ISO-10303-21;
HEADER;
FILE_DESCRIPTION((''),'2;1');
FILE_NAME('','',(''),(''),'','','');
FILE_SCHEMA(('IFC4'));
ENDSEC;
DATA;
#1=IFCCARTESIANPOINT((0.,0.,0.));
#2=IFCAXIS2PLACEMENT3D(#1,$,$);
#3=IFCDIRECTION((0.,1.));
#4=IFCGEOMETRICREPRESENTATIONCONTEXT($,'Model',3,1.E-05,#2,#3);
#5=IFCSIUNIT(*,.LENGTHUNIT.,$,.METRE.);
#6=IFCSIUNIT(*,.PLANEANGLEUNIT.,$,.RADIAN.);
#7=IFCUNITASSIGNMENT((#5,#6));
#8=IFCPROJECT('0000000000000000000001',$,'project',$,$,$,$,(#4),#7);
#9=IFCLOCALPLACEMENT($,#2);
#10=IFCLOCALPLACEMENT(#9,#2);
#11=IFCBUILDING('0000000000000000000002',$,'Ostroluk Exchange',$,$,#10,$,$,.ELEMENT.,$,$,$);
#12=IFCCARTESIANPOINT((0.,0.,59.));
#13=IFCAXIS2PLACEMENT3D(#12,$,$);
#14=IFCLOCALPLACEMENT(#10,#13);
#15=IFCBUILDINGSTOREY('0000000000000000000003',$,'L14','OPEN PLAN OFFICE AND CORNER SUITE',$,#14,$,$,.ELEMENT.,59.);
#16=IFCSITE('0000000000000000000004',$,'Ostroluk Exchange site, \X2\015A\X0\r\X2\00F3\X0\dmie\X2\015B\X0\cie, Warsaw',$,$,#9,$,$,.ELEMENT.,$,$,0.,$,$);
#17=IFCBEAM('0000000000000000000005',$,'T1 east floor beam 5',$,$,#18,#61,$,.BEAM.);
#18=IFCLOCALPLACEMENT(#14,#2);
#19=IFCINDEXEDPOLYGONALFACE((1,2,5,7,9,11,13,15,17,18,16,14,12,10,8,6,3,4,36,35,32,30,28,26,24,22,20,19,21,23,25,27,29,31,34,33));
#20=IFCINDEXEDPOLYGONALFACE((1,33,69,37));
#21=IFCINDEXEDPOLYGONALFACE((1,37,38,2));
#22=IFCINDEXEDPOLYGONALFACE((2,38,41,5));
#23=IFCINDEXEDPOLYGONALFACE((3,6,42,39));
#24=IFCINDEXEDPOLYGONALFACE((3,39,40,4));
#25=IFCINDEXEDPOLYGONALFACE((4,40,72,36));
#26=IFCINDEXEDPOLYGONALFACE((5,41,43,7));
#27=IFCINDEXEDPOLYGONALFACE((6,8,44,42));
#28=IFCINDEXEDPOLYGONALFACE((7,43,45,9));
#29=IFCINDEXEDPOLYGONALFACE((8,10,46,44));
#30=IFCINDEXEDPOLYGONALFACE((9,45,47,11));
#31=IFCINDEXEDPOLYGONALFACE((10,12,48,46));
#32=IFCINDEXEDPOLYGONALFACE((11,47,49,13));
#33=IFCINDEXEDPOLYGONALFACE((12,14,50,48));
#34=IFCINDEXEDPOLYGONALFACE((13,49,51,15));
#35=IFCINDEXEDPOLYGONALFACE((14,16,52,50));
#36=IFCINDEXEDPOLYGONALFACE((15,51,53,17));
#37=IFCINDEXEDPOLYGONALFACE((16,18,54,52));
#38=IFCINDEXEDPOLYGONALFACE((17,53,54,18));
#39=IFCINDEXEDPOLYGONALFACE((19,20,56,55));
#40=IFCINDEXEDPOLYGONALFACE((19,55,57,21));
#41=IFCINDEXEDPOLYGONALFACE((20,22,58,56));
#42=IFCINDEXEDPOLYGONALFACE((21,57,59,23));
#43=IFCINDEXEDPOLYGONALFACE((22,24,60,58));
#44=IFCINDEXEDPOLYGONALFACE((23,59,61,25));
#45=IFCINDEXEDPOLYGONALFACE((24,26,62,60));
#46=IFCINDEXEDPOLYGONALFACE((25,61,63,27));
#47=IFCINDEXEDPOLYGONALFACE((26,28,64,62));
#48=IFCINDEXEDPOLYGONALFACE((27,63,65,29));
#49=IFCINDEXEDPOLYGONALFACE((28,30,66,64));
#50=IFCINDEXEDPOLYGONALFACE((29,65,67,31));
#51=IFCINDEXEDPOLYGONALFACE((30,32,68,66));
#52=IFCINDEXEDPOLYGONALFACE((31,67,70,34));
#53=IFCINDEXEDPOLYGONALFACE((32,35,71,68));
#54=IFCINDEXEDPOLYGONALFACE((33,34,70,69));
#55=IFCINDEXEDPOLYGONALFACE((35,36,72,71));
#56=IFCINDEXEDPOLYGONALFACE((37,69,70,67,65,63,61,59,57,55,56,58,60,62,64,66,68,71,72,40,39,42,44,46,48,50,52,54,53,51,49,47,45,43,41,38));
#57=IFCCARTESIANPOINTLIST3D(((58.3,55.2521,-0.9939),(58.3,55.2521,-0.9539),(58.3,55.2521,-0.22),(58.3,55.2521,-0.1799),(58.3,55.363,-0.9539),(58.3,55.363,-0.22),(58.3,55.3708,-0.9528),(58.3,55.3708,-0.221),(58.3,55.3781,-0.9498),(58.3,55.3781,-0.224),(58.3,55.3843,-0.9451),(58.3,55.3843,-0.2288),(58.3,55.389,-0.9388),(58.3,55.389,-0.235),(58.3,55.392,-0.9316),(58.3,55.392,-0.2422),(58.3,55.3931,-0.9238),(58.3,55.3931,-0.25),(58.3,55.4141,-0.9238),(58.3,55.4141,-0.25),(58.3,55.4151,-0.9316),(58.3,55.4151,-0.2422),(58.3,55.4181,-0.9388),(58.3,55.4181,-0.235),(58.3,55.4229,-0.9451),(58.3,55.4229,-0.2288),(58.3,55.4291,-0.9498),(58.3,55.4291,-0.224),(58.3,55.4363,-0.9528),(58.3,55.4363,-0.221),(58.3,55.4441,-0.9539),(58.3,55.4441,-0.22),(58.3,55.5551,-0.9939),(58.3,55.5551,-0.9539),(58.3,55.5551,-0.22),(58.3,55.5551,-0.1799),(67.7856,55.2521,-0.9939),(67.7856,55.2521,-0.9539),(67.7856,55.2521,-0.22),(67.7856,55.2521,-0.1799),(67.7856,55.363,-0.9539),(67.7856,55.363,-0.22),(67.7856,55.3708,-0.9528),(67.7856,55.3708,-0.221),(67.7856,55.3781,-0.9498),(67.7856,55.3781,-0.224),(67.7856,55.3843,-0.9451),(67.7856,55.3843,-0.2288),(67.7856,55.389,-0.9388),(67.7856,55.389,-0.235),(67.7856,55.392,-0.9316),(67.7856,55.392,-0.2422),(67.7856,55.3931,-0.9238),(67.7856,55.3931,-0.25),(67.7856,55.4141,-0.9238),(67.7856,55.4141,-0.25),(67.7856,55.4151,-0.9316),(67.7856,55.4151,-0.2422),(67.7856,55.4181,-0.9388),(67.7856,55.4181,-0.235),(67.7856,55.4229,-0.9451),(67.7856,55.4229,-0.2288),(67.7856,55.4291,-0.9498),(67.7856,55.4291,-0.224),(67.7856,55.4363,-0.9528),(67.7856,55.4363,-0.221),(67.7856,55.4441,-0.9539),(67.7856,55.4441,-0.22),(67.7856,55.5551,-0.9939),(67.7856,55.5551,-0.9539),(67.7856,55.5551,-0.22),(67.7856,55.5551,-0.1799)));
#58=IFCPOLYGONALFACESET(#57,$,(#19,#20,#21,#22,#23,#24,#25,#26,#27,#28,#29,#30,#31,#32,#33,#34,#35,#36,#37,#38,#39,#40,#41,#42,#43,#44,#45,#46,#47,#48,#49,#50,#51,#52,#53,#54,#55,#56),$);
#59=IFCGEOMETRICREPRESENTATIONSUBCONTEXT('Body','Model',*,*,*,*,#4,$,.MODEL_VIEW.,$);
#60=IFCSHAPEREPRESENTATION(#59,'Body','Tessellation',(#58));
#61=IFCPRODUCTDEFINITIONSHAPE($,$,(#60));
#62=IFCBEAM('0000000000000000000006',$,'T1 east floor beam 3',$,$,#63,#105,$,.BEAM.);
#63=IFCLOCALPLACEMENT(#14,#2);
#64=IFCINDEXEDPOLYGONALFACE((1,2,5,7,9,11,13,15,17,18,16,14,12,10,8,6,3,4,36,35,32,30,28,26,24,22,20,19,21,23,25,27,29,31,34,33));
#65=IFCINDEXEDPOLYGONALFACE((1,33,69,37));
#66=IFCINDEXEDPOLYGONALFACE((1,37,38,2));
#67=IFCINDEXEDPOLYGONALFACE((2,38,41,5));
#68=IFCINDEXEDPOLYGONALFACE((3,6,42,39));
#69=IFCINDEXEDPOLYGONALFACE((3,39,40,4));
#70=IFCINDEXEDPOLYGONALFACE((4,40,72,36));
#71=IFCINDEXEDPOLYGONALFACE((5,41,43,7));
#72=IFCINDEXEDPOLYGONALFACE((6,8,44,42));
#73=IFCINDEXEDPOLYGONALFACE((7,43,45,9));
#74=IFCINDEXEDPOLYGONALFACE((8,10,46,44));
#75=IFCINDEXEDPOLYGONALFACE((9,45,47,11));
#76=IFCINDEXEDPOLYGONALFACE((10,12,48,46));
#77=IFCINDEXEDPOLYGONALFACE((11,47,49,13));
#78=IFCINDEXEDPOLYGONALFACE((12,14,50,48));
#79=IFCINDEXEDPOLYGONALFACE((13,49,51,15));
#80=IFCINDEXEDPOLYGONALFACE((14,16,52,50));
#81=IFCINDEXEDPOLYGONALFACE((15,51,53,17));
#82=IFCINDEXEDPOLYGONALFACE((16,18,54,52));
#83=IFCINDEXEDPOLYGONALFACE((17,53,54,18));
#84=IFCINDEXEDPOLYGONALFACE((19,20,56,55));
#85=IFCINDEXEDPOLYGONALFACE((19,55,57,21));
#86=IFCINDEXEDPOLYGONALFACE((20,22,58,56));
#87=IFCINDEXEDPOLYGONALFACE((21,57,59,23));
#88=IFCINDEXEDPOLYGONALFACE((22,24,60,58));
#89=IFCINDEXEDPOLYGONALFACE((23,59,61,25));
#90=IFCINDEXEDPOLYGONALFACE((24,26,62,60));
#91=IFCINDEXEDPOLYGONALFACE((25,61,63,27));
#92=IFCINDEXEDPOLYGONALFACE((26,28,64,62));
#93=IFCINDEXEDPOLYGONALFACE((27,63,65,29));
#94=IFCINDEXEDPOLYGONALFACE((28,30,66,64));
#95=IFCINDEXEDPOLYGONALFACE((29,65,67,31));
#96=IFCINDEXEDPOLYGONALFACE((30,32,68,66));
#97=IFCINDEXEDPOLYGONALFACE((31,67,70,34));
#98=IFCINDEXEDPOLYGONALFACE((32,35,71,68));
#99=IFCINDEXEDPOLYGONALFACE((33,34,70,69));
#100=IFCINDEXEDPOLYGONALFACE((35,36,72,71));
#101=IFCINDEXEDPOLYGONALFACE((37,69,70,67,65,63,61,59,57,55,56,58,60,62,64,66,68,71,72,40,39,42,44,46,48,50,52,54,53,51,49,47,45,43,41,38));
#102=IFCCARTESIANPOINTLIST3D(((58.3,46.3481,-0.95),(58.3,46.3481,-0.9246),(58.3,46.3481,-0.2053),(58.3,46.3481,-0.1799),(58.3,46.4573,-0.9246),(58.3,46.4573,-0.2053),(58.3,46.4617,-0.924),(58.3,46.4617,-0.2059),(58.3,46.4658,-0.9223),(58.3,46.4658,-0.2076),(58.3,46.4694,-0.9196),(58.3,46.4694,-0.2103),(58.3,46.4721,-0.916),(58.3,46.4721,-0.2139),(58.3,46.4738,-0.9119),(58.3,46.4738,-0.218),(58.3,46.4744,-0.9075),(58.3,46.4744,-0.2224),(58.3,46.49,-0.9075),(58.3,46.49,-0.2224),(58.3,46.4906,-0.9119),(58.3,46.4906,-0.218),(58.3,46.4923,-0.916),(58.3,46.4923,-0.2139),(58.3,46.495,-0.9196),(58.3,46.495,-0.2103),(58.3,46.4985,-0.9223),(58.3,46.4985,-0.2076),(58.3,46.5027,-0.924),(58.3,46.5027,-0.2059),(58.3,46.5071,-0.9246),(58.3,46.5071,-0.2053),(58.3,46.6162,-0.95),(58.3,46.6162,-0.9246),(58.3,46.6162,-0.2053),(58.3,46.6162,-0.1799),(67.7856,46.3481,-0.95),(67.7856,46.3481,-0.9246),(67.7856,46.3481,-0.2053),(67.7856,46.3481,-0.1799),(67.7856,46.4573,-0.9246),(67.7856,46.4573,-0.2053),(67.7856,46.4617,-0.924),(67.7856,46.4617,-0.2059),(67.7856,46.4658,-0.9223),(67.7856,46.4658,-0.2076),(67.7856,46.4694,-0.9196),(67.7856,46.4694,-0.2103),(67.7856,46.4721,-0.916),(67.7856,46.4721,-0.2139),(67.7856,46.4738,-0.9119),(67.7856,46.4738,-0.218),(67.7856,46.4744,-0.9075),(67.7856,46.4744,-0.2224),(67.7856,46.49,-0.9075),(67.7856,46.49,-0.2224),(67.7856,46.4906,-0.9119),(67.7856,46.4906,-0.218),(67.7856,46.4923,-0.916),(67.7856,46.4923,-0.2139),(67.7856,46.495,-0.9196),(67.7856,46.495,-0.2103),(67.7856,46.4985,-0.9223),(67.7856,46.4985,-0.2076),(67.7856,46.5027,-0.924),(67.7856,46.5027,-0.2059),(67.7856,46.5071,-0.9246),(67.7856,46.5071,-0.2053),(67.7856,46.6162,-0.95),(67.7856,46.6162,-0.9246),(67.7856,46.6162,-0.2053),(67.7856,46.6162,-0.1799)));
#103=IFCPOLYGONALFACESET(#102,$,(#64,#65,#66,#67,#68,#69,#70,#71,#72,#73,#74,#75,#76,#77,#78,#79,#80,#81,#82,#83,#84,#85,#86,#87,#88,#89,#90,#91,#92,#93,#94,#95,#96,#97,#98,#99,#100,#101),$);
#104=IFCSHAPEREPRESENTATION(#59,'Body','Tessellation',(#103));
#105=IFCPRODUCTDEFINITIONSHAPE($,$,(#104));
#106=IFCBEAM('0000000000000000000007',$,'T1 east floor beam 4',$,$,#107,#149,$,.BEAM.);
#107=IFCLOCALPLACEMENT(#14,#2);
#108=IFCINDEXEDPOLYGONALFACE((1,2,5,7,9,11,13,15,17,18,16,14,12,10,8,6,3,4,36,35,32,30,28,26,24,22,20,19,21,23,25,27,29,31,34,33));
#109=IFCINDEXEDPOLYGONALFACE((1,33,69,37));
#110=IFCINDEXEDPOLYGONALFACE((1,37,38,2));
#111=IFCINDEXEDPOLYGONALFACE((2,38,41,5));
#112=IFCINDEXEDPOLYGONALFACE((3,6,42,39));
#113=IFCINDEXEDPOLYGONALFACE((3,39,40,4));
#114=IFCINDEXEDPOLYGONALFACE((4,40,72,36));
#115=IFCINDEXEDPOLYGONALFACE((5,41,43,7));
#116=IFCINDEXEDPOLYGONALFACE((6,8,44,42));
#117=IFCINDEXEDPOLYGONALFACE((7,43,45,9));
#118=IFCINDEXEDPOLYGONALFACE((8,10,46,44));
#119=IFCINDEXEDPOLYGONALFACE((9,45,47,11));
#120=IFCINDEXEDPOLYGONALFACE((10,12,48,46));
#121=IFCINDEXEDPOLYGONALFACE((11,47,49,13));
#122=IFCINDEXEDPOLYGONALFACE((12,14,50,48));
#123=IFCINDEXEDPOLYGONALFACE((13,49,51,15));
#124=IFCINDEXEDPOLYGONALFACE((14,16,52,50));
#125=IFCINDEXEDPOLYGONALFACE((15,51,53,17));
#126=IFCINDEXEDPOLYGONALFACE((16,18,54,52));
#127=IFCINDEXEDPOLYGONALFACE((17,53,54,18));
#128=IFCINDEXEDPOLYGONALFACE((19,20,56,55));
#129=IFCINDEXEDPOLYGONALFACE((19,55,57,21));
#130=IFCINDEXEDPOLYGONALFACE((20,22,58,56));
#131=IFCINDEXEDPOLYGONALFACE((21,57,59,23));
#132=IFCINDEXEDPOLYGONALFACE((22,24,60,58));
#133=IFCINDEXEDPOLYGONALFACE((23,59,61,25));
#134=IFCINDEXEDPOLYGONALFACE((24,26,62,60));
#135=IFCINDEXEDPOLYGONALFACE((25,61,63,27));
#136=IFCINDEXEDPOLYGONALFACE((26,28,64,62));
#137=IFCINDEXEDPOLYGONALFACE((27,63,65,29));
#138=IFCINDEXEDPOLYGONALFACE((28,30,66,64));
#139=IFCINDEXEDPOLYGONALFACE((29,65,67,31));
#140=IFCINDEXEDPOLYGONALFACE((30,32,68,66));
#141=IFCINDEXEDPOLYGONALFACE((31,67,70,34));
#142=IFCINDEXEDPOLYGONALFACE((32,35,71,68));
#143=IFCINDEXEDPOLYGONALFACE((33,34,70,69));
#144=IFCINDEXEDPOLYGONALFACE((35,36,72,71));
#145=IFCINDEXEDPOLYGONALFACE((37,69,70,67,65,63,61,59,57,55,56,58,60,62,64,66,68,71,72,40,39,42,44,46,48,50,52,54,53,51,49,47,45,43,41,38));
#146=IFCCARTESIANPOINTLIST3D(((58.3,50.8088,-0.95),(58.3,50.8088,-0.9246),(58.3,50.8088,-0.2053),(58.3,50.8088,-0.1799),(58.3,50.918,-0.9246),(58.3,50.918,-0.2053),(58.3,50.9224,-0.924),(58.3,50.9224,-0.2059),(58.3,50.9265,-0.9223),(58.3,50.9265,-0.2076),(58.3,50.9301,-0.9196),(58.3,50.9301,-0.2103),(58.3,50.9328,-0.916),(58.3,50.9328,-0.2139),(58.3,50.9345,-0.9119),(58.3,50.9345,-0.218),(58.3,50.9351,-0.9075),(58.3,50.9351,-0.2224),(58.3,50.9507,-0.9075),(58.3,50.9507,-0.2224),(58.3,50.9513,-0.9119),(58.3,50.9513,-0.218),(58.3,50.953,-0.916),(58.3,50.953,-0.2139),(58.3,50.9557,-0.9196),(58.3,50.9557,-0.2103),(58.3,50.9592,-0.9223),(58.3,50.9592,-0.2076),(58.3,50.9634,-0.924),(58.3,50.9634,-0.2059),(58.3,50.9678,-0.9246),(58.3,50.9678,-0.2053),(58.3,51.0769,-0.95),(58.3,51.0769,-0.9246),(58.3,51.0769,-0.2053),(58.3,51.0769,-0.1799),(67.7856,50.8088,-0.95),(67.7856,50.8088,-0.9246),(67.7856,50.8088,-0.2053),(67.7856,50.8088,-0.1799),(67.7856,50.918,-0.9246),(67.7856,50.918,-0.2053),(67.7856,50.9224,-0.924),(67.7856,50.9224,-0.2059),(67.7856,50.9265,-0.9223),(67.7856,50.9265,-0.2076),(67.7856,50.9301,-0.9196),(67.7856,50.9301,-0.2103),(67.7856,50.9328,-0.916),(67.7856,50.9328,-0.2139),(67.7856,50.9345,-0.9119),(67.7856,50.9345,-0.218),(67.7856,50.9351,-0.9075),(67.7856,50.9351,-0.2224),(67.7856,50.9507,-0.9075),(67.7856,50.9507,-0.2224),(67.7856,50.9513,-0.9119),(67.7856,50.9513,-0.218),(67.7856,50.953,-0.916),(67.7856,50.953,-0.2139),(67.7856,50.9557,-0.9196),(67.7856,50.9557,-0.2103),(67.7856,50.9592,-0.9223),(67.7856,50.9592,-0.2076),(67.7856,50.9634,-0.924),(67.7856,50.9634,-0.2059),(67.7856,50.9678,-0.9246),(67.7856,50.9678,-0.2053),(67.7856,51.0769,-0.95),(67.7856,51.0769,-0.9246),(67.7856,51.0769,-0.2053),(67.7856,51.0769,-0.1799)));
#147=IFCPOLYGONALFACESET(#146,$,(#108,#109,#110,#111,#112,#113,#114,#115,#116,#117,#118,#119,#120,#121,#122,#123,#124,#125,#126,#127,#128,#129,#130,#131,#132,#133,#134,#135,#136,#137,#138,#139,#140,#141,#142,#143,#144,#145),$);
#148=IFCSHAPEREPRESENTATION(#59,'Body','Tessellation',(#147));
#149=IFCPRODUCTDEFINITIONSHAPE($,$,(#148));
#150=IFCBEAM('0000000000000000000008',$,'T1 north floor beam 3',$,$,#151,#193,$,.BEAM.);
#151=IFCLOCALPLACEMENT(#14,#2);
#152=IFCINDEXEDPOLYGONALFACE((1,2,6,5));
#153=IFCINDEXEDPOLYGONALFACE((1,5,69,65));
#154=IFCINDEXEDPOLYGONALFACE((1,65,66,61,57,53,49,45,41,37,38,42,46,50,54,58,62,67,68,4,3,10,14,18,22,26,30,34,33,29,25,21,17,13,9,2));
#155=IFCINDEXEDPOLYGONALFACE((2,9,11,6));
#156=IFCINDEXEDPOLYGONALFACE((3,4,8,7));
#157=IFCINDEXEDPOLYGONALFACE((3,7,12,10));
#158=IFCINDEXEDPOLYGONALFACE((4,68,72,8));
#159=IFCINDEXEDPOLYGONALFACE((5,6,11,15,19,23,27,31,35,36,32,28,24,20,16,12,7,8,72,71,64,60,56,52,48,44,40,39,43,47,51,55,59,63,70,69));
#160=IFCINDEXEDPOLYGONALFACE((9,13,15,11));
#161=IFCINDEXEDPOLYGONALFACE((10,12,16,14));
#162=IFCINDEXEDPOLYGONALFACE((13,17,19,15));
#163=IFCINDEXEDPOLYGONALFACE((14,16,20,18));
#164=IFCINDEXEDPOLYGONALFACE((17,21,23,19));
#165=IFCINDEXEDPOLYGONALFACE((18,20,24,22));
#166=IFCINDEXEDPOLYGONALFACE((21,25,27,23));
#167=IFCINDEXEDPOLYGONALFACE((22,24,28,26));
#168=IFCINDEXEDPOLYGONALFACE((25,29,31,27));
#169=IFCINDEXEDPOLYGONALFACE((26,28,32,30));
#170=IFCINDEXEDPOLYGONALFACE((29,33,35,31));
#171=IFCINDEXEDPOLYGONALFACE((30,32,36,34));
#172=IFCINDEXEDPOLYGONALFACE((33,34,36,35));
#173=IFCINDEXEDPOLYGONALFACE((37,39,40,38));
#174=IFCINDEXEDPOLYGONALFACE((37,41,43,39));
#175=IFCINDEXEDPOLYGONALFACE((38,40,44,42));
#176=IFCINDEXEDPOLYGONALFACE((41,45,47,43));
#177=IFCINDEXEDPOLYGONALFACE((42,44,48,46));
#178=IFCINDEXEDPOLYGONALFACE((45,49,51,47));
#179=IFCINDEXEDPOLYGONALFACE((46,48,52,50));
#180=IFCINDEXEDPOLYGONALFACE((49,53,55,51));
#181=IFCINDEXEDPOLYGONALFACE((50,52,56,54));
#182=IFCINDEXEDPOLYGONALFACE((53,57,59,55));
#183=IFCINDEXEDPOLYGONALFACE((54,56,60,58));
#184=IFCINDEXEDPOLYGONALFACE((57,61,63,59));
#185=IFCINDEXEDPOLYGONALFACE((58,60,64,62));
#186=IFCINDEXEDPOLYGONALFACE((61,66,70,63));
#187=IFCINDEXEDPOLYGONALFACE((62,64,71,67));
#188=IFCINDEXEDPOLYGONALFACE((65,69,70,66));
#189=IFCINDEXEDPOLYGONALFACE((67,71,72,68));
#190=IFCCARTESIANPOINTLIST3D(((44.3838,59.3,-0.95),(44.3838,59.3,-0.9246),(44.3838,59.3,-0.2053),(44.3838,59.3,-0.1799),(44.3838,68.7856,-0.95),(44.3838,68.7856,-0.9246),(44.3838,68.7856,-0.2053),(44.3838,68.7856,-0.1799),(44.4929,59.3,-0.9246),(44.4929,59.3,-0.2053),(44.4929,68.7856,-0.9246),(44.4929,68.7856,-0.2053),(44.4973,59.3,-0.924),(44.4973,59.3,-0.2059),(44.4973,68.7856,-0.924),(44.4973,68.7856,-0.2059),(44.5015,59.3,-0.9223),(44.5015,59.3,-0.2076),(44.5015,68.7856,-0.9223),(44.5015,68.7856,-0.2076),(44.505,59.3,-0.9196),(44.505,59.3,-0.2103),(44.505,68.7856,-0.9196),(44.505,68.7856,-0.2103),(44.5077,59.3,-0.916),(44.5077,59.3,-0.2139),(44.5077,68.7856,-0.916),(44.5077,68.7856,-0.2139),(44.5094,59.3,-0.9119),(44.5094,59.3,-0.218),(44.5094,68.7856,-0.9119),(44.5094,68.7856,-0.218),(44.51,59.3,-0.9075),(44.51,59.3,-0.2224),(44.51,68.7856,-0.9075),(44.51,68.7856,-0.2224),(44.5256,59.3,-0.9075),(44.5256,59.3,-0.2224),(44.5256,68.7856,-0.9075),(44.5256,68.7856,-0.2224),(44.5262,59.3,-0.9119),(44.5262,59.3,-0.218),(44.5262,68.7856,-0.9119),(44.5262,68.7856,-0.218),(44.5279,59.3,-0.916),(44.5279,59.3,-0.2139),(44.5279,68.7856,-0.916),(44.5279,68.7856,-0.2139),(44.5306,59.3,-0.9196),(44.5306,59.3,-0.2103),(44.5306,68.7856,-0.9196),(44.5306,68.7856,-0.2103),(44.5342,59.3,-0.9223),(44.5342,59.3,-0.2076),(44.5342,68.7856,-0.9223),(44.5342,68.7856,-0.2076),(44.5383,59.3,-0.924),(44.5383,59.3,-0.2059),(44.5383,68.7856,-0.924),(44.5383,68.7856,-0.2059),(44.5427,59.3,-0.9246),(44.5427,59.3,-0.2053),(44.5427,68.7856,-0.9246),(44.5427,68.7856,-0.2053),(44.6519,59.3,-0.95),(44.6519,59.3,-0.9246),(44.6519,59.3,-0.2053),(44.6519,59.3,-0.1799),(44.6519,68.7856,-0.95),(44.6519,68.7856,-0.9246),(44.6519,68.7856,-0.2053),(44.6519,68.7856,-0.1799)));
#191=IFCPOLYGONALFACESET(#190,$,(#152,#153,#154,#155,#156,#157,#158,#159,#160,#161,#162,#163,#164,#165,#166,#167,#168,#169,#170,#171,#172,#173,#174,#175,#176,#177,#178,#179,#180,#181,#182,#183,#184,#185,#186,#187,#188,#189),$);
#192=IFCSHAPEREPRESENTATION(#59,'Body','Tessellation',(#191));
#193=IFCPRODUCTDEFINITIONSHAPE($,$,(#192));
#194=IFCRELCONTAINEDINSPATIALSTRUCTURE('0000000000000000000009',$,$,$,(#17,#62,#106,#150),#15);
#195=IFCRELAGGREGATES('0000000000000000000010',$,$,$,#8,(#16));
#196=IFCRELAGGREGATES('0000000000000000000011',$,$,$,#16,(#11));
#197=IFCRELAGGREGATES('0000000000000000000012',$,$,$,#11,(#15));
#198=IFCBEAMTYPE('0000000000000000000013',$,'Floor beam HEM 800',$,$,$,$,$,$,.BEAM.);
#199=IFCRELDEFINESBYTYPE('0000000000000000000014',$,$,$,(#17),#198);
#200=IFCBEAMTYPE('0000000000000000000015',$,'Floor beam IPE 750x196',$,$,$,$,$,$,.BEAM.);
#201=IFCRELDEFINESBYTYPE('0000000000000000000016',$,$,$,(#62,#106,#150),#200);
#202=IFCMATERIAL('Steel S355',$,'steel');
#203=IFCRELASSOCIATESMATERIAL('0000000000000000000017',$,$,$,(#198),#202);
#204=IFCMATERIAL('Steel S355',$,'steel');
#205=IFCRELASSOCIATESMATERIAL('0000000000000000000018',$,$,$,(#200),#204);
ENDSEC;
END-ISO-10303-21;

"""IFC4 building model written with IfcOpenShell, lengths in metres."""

from ifc_helpers import new_model, si_unit, direction, frame, origin, origin_2d, place, context, subcontext, project, spatial, i_section, extrude, material, material_profile, profile_set, type_object, element, save


model = new_model("IFC4")

# Units and contexts
model_context = context("Model", 3, precision=1e-05, world=origin(), true_north=direction((0.0, 1.0)))
body_context = subcontext(model_context, "Body", "Model", "MODEL_VIEW")
ifc_project = project(units=[si_unit("LENGTHUNIT", "METRE"), si_unit("PLANEANGLEUNIT", "RADIAN")], contexts=[model_context])

# Site, building, storey
site_placement = place(None, origin())
site = spatial("IfcSite", under=ifc_project, at=site_placement, Name="Ostroluk Exchange site, Śródmieście, Warsaw", CompositionType="ELEMENT", RefElevation=0.0)
building_placement = place(site_placement, origin())
building = spatial("IfcBuilding", under=site, at=building_placement, Name="Ostroluk Exchange", CompositionType="ELEMENT")
storey_placement = place(building_placement, frame((0.0, 0.0, 59.0)))
storey = spatial("IfcBuildingStorey", under=building, at=storey_placement, Name="L14", Description="OPEN PLAN OFFICE AND CORNER SUITE", CompositionType="ELEMENT", Elevation=59.0)

# Beams
ifc_material_1 = material(Name="Steel S355", Category="steel")
ifc_material_profile_1 = material_profile(ifc_material_1, i_section(OverallWidth=0.303, OverallDepth=0.814, WebThickness=0.021, FlangeThickness=0.04, FilletRadius=0.03, at=origin_2d()), Name="HEM 800")
ifc_profile_set_1 = profile_set([ifc_material_profile_1], Name="Steel S355")
beam_type_1 = type_object("IfcBeamType", Name="Floor beam HEM 800", PredefinedType="BEAM", material=ifc_profile_set_1)
beam_placement = place(storey_placement, frame((58.3, 55.4036, -0.5869), z_axis=(1.0, 0.0, 0.0), x_axis=(0.0, 1.0, 0.0)))
element("IfcBeam", 1, at=beam_placement, inside=storey, type_object=beam_type_1, Name="T1 east floor beam 5", PredefinedType="BEAM", context=body_context, shape_type="SweptSolid", body=[
    extrude(i_section(OverallWidth=0.303, OverallDepth=0.814, WebThickness=0.021, FlangeThickness=0.04, FilletRadius=0.03, at=origin_2d()), origin(), (0.0, 0.0, 1.0), 9.4856),
])
ifc_material_2 = material(Name="Steel S355", Category="steel")
ifc_material_profile_2 = material_profile(ifc_material_2, i_section(OverallWidth=0.2681, OverallDepth=0.77, WebThickness=0.0156, FlangeThickness=0.0254, FilletRadius=0.0171, at=origin_2d()), Name="IPE 750x196")
ifc_profile_set_2 = profile_set([ifc_material_profile_2], Name="Steel S355")
beam_type_2 = type_object("IfcBeamType", Name="Floor beam IPE 750x196", PredefinedType="BEAM", material=ifc_profile_set_2)
for number, where, z_axis, x_axis, name in (
    (2, (58.3, 46.4822, -0.5649), (1.0, 0.0, 0.0), (0.0, 1.0, 0.0), "T1 east floor beam 3"),
    (3, (58.3, 50.9429, -0.5649), (1.0, 0.0, 0.0), (0.0, 1.0, 0.0), "T1 east floor beam 4"),
    (4, (44.5178, 59.3, -0.5649), (0.0, 1.0, 0.0), (-1.0, 0.0, 0.0), "T1 north floor beam 3"),
):
    element("IfcBeam", number, at=place(storey_placement, frame(where, z_axis=z_axis, x_axis=x_axis)), inside=storey, type_object=beam_type_2, Name=name, PredefinedType="BEAM", context=body_context, shape_type="SweptSolid", body=[
        extrude(i_section(OverallWidth=0.2681, OverallDepth=0.77, WebThickness=0.0156, FlangeThickness=0.0254, FilletRadius=0.0171, at=origin_2d()), origin(), (0.0, 0.0, 1.0), 9.4856),
    ])

save(model, "model.ifc")
